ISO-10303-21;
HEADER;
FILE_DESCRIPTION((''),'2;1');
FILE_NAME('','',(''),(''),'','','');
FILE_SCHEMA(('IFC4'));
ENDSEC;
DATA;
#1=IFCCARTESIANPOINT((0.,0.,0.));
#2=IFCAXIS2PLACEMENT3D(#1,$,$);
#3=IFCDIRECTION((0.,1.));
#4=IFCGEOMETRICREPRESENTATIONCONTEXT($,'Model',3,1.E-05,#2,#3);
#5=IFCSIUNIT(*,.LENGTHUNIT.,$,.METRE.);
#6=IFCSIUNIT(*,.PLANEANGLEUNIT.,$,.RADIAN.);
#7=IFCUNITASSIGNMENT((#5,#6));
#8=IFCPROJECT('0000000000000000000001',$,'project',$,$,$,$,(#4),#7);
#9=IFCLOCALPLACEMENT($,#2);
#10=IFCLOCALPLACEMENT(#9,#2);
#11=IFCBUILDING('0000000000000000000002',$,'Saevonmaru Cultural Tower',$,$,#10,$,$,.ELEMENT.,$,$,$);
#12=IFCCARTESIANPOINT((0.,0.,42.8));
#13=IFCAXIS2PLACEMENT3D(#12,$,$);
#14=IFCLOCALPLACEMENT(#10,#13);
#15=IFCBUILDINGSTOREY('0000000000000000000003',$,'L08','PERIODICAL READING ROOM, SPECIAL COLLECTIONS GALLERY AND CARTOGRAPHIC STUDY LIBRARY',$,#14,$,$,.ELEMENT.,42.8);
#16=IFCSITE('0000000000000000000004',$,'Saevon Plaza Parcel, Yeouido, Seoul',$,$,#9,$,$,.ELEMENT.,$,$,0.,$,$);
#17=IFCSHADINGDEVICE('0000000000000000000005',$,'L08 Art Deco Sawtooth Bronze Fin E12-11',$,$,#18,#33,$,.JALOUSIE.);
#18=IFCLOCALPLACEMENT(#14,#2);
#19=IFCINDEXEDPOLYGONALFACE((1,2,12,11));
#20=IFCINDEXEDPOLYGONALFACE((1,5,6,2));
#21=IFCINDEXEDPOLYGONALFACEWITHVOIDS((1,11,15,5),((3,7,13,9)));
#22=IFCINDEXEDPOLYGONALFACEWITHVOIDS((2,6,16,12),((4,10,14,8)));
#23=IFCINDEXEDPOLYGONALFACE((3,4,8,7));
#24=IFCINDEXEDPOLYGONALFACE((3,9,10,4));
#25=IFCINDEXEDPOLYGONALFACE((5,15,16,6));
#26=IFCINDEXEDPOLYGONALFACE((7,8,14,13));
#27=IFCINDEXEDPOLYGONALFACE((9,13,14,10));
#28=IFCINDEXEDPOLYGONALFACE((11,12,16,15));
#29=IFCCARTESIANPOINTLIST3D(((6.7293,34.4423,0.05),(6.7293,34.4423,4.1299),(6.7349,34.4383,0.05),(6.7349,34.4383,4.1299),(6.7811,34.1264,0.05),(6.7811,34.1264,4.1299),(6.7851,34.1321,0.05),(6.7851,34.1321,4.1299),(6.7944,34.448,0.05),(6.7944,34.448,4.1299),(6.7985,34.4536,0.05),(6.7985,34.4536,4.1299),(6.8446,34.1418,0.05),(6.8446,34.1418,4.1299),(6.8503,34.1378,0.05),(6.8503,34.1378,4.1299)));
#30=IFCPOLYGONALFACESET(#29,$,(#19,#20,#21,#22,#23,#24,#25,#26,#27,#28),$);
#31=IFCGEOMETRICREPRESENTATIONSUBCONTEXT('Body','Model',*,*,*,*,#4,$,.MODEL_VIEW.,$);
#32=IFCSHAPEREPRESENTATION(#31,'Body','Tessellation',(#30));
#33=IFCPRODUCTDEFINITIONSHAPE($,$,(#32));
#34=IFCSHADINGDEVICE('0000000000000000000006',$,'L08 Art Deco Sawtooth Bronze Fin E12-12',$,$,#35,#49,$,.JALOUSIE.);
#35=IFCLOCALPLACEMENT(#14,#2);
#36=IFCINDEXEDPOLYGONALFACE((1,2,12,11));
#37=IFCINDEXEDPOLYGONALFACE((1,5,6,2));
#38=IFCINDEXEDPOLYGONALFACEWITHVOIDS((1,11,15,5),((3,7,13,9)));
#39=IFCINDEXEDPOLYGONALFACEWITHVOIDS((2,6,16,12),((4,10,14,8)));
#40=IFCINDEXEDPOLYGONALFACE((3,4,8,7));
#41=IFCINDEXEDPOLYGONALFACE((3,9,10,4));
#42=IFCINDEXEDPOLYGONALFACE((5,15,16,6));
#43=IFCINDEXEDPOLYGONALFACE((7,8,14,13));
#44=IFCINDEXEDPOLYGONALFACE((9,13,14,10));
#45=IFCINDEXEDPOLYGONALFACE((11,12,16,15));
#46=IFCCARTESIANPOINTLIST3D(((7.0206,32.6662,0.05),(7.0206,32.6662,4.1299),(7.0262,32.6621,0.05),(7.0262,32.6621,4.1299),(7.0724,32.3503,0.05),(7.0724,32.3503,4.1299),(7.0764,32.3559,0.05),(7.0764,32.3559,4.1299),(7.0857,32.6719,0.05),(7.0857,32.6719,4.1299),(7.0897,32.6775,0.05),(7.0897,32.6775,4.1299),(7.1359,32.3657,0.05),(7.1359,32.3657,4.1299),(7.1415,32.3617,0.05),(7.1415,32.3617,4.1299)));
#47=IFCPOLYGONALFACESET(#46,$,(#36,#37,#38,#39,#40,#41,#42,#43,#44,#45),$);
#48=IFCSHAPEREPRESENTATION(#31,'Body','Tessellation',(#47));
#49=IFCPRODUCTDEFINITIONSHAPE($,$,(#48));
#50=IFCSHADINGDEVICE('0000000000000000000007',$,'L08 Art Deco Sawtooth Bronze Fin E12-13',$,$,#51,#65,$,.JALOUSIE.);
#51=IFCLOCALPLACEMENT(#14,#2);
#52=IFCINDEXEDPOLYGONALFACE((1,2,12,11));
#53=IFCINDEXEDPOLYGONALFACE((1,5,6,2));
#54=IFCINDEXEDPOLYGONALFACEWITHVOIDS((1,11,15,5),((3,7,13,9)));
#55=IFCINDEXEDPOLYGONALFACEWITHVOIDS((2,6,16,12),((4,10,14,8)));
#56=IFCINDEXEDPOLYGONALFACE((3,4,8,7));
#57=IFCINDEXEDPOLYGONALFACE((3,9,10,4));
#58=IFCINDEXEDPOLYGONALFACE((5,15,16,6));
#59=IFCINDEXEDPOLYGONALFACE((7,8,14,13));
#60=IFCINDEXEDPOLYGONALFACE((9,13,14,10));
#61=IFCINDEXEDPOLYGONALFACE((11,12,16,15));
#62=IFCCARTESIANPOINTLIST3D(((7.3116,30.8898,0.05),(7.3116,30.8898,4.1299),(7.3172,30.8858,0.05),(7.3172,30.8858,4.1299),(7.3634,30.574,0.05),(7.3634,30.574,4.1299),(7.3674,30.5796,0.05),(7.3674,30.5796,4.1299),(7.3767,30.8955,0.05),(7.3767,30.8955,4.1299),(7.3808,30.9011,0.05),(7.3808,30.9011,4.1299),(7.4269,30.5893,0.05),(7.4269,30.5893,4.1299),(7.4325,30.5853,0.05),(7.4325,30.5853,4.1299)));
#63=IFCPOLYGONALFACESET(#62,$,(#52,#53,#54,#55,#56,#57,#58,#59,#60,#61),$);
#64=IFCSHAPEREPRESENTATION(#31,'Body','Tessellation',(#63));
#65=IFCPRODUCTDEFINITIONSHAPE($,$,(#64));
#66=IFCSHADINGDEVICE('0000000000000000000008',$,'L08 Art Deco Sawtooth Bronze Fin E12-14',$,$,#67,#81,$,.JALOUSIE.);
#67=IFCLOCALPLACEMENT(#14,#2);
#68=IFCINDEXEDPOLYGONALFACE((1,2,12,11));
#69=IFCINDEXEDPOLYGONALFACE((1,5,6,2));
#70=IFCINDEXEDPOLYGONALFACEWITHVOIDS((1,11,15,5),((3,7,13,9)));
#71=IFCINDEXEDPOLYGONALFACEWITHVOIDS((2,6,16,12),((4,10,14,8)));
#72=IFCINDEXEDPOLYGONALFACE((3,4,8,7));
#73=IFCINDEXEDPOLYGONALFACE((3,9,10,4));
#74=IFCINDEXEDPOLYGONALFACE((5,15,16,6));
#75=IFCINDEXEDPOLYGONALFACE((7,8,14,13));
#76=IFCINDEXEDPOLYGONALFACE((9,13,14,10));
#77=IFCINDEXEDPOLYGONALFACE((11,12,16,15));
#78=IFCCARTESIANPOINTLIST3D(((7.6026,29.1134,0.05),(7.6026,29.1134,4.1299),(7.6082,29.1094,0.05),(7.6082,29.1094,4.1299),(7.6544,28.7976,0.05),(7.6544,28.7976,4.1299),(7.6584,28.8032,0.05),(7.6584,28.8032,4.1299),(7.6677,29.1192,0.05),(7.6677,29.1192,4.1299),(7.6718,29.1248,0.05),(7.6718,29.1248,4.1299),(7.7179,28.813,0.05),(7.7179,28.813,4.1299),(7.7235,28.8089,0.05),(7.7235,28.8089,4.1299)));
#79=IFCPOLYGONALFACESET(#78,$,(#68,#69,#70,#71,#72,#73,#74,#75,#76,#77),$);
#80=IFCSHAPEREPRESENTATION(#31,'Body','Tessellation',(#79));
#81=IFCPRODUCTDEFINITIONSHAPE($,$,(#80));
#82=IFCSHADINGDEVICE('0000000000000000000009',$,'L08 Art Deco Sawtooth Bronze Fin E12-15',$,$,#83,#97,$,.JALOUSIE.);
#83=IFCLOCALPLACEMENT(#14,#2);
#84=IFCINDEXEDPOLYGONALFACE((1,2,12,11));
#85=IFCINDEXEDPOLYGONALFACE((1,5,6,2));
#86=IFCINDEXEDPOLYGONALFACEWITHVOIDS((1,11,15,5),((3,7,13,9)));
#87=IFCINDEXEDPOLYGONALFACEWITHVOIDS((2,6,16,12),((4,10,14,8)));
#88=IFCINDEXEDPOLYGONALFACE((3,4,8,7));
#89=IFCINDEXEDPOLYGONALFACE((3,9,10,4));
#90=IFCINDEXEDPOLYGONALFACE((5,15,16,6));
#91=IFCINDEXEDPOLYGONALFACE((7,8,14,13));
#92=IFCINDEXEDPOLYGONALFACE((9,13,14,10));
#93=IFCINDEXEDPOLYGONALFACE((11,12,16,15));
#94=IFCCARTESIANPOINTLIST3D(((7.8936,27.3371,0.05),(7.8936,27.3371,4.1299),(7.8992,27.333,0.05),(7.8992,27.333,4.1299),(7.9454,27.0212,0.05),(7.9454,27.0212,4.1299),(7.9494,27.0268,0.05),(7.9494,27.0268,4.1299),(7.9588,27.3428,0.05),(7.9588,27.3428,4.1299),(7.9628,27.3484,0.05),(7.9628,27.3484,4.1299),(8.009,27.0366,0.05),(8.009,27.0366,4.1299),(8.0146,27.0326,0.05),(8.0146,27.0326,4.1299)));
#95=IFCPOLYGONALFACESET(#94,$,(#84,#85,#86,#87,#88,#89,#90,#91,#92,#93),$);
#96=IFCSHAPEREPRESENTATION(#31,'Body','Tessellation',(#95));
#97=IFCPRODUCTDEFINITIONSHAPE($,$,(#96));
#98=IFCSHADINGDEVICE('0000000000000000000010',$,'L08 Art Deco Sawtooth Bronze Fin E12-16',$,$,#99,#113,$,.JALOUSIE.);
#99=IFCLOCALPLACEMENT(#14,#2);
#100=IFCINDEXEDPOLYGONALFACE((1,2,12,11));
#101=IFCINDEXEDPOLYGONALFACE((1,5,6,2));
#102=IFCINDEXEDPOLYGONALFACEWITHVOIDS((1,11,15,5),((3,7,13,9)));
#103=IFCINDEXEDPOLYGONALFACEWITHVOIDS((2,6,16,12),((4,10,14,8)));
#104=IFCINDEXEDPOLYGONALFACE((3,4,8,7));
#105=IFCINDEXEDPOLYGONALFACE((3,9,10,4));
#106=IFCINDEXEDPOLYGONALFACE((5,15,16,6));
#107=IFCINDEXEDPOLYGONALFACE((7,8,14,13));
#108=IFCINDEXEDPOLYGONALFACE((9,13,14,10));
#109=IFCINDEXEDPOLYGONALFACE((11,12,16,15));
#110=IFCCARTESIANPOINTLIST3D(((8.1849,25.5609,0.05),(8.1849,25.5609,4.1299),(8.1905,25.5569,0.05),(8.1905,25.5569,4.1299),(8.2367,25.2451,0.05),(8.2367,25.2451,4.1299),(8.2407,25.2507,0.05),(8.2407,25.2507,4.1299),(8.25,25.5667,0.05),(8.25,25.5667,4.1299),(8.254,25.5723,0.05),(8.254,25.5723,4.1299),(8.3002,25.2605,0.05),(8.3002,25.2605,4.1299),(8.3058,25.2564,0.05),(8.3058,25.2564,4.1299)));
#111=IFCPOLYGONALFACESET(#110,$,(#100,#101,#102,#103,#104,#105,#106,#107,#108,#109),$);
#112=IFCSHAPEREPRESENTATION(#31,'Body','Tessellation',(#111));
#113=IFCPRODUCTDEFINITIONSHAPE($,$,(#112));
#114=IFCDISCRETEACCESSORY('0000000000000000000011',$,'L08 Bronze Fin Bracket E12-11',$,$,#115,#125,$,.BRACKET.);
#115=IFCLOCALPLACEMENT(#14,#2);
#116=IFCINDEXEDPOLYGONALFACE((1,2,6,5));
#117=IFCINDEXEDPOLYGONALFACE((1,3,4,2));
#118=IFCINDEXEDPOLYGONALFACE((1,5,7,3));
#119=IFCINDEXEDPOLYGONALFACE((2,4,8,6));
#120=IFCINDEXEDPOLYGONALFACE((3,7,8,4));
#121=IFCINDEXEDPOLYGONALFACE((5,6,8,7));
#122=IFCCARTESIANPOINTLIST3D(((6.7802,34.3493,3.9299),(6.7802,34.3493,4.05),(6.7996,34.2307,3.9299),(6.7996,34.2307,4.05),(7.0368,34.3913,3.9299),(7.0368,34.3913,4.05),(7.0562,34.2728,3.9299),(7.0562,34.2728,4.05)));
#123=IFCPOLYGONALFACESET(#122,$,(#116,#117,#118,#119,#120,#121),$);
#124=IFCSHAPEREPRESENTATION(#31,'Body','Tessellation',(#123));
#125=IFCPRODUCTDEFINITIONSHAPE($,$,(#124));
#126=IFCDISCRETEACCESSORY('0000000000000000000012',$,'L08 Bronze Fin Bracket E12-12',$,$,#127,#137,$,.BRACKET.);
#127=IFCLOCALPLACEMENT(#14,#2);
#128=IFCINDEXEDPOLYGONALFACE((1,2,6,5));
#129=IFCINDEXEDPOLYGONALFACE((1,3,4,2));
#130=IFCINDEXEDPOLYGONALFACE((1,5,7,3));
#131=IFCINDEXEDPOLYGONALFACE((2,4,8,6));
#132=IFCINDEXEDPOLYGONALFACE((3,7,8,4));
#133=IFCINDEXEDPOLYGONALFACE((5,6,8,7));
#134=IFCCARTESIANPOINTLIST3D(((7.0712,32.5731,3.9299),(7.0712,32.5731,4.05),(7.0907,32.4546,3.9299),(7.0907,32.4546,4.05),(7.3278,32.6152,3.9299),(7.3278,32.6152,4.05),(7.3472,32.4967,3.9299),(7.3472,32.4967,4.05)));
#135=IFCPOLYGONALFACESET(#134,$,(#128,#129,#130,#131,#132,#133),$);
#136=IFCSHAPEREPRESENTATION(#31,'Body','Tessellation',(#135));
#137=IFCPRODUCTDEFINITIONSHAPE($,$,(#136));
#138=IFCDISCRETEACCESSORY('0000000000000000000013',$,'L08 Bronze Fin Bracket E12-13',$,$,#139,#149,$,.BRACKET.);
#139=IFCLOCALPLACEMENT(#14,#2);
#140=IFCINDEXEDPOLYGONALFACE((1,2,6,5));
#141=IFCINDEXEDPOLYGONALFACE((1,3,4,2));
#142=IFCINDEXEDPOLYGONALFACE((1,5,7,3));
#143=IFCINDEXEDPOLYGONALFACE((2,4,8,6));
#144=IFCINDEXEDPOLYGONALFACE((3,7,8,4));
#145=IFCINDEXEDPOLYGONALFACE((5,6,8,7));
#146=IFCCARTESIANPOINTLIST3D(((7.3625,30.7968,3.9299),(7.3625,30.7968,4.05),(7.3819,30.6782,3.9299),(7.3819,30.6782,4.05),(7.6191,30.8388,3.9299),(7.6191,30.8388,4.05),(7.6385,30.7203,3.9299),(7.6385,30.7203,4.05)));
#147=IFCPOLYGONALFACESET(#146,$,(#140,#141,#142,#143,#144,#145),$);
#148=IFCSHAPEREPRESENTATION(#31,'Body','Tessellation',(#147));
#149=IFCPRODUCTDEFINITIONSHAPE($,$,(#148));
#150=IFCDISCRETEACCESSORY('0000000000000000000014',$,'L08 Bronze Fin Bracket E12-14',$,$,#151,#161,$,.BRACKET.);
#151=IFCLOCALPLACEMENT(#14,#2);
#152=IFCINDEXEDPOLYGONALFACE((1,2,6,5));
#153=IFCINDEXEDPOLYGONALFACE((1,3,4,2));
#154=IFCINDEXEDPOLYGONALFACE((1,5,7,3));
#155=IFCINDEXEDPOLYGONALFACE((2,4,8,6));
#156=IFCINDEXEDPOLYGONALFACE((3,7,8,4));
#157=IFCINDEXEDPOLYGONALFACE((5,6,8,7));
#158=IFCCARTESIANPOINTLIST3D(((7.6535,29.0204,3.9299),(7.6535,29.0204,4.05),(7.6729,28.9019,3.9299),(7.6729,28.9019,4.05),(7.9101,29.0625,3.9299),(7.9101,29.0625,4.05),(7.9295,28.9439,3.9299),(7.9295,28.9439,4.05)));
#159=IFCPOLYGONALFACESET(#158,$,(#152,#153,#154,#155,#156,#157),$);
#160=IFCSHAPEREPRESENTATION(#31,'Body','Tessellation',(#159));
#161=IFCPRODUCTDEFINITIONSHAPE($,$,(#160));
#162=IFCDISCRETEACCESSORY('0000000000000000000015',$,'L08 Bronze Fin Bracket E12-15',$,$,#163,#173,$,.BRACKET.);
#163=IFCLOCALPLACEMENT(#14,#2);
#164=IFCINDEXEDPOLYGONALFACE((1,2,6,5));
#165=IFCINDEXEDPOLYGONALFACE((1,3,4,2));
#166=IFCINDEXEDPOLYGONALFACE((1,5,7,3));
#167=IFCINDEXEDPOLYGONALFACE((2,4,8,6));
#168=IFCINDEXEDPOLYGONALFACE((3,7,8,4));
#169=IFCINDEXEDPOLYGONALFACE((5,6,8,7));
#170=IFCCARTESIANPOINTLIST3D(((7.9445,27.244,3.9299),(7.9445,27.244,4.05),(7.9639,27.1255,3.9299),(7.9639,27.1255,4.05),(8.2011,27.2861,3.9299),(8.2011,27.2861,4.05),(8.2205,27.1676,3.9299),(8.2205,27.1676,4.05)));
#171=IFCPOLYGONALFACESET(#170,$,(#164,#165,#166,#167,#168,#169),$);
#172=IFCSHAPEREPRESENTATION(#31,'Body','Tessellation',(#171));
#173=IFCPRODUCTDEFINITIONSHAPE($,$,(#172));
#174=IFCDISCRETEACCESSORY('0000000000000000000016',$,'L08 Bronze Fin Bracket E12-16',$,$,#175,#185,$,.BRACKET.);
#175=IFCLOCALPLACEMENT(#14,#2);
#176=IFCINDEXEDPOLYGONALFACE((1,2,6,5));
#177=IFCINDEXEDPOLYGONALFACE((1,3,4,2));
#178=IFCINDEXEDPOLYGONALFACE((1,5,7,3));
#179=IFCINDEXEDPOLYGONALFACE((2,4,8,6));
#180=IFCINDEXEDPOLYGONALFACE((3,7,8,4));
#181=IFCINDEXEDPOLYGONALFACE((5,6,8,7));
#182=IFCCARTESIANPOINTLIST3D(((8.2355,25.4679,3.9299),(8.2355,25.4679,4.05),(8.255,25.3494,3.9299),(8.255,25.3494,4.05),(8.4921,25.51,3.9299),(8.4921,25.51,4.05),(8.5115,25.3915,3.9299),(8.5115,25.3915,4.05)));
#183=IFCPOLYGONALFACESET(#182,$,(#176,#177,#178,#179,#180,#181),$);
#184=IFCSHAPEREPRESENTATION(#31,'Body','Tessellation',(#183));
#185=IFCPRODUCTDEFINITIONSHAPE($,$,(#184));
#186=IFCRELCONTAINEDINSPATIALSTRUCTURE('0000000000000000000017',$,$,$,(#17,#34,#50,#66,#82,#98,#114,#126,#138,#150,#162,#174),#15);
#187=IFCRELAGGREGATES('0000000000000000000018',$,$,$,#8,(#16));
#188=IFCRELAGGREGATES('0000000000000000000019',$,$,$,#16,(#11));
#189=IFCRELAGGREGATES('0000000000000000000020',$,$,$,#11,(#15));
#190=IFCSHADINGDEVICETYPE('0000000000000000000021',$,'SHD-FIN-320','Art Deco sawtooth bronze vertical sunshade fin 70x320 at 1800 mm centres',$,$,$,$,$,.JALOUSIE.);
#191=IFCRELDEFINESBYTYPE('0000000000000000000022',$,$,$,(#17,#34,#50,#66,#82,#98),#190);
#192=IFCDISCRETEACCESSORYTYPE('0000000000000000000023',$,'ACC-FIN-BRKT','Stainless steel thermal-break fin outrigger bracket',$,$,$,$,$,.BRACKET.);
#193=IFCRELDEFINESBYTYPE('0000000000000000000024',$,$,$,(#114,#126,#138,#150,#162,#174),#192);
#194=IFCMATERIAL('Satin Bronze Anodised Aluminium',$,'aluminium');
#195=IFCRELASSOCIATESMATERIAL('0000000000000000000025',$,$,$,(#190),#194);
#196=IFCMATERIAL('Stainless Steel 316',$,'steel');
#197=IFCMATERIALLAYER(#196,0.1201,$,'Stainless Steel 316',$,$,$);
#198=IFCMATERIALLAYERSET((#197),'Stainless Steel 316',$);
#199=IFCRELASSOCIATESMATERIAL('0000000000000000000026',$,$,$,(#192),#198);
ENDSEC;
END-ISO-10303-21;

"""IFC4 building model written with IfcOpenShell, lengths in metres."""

from ifc_helpers import new_model, si_unit, direction, frame, origin, origin_2d, place, context, subcontext, project, spatial, rectangle, hollow_rectangle, extrude, material, layer, layer_set, material_profile, profile_set, type_object, element, save


model = new_model("IFC4")

# Units and contexts
model_context = context("Model", 3, precision=1e-05, world=origin(), true_north=direction((0.0, 1.0)))
body_context = subcontext(model_context, "Body", "Model", "MODEL_VIEW")
ifc_project = project(units=[si_unit("LENGTHUNIT", "METRE"), si_unit("PLANEANGLEUNIT", "RADIAN")], contexts=[model_context])

# Site, building, storey
site_placement = place(None, origin())
site = spatial("IfcSite", under=ifc_project, at=site_placement, Name="Saevon Plaza Parcel, Yeouido, Seoul", CompositionType="ELEMENT", RefElevation=0.0)
building_placement = place(site_placement, origin())
building = spatial("IfcBuilding", under=site, at=building_placement, Name="Saevonmaru Cultural Tower", CompositionType="ELEMENT")
storey_placement = place(building_placement, frame((0.0, 0.0, 42.8)))
storey = spatial("IfcBuildingStorey", under=building, at=storey_placement, Name="L08", Description="PERIODICAL READING ROOM, SPECIAL COLLECTIONS GALLERY AND CARTOGRAPHIC STUDY LIBRARY", CompositionType="ELEMENT", Elevation=42.8)

# Shared definitions
ifc_material_1 = material(Name="Satin Bronze Anodised Aluminium", Category="aluminium")

# Shading devices
ifc_material_profile_1 = material_profile(ifc_material_1, hollow_rectangle(XDim=0.0701, YDim=0.3201, WallThickness=0.0049, at=origin_2d()), Name="FIN-320x70")
ifc_profile_set_1 = profile_set([ifc_material_profile_1], Name="Satin Bronze Anodised Aluminium")
shading_device_type = type_object("IfcShadingDeviceType", Name="SHD-FIN-320", Description="Art Deco sawtooth bronze vertical sunshade fin 70x320 at 1800 mm centres", PredefinedType="JALOUSIE", material=ifc_profile_set_1)
for number, where, z_axis, x_axis, name in (
    (1, (6.7898, 34.29, 0.05), (0.0, 0.0, 1.0), (-0.986827, -0.161776, 0.0), "L08 Art Deco Sawtooth Bronze Fin E12-11"),
    (2, (7.0811, 32.5139, 0.05), (0.0, 0.0, 1.0), (-0.986827, -0.161776, 0.0), "L08 Art Deco Sawtooth Bronze Fin E12-12"),
    (3, (7.3721, 30.7375, 0.05), (0.0, 0.0, 1.0), (-0.986827, -0.161776, 0.0), "L08 Art Deco Sawtooth Bronze Fin E12-13"),
    (4, (7.6631, 28.9612, 0.05), (0.0, 0.0, 1.0), (-0.986827, -0.161776, 0.0), "L08 Art Deco Sawtooth Bronze Fin E12-14"),
    (5, (7.9541, 27.1848, 0.05), (0.0, 0.0, 1.0), (-0.986827, -0.161776, 0.0), "L08 Art Deco Sawtooth Bronze Fin E12-15"),
    (6, (8.2454, 25.4087, 0.05), (0.0, 0.0, 1.0), (-0.986827, -0.161776, 0.0), "L08 Art Deco Sawtooth Bronze Fin E12-16"),
):
    element("IfcShadingDevice", number, at=place(storey_placement, frame(where, z_axis=z_axis, x_axis=x_axis)), inside=storey, type_object=shading_device_type, Name=name, PredefinedType="JALOUSIE", context=body_context, shape_type="SweptSolid", body=[
        extrude(hollow_rectangle(XDim=0.0701, YDim=0.3201, WallThickness=0.0049, at=origin_2d()), origin(), (0.0, 0.0, 1.0), 4.0798),
    ])

# Discrete accessories
ifc_material_2 = material(Name="Stainless Steel 316", Category="steel")
ifc_layer_1 = layer(ifc_material_2, 0.1201, Name="Stainless Steel 316")
ifc_layer_set_1 = layer_set([ifc_layer_1], Name="Stainless Steel 316")
discrete_accessory_type = type_object("IfcDiscreteAccessoryType", Name="ACC-FIN-BRKT", Description="Stainless steel thermal-break fin outrigger bracket", PredefinedType="BRACKET", material=ifc_layer_set_1)
for number, where, z_axis, x_axis, name in (
    (7, (6.9182, 34.311, 3.9299), (0.0, 0.0, 1.0), (-0.986827, -0.161776, 0.0), "L08 Bronze Fin Bracket E12-11"),
    (8, (7.2092, 32.5349, 3.9299), (0.0, 0.0, 1.0), (-0.986827, -0.161776, 0.0), "L08 Bronze Fin Bracket E12-12"),
    (9, (7.5005, 30.7585, 3.9299), (0.0, 0.0, 1.0), (-0.986827, -0.161776, 0.0), "L08 Bronze Fin Bracket E12-13"),
    (10, (7.7915, 28.9822, 3.9299), (0.0, 0.0, 1.0), (-0.986827, -0.161776, 0.0), "L08 Bronze Fin Bracket E12-14"),
    (11, (8.0825, 27.2058, 3.9299), (0.0, 0.0, 1.0), (-0.986827, -0.161776, 0.0), "L08 Bronze Fin Bracket E12-15"),
    (12, (8.3735, 25.4297, 3.9299), (0.0, 0.0, 1.0), (-0.986827, -0.161776, 0.0), "L08 Bronze Fin Bracket E12-16"),
):
    element("IfcDiscreteAccessory", number, at=place(storey_placement, frame(where, z_axis=z_axis, x_axis=x_axis)), inside=storey, type_object=discrete_accessory_type, Name=name, PredefinedType="BRACKET", context=body_context, shape_type="SweptSolid", body=[
        extrude(rectangle(XDim=0.26, YDim=0.1201, at=origin_2d()), origin(), (0.0, 0.0, 1.0), 0.1201),
    ])

save(model, "model.ifc")
